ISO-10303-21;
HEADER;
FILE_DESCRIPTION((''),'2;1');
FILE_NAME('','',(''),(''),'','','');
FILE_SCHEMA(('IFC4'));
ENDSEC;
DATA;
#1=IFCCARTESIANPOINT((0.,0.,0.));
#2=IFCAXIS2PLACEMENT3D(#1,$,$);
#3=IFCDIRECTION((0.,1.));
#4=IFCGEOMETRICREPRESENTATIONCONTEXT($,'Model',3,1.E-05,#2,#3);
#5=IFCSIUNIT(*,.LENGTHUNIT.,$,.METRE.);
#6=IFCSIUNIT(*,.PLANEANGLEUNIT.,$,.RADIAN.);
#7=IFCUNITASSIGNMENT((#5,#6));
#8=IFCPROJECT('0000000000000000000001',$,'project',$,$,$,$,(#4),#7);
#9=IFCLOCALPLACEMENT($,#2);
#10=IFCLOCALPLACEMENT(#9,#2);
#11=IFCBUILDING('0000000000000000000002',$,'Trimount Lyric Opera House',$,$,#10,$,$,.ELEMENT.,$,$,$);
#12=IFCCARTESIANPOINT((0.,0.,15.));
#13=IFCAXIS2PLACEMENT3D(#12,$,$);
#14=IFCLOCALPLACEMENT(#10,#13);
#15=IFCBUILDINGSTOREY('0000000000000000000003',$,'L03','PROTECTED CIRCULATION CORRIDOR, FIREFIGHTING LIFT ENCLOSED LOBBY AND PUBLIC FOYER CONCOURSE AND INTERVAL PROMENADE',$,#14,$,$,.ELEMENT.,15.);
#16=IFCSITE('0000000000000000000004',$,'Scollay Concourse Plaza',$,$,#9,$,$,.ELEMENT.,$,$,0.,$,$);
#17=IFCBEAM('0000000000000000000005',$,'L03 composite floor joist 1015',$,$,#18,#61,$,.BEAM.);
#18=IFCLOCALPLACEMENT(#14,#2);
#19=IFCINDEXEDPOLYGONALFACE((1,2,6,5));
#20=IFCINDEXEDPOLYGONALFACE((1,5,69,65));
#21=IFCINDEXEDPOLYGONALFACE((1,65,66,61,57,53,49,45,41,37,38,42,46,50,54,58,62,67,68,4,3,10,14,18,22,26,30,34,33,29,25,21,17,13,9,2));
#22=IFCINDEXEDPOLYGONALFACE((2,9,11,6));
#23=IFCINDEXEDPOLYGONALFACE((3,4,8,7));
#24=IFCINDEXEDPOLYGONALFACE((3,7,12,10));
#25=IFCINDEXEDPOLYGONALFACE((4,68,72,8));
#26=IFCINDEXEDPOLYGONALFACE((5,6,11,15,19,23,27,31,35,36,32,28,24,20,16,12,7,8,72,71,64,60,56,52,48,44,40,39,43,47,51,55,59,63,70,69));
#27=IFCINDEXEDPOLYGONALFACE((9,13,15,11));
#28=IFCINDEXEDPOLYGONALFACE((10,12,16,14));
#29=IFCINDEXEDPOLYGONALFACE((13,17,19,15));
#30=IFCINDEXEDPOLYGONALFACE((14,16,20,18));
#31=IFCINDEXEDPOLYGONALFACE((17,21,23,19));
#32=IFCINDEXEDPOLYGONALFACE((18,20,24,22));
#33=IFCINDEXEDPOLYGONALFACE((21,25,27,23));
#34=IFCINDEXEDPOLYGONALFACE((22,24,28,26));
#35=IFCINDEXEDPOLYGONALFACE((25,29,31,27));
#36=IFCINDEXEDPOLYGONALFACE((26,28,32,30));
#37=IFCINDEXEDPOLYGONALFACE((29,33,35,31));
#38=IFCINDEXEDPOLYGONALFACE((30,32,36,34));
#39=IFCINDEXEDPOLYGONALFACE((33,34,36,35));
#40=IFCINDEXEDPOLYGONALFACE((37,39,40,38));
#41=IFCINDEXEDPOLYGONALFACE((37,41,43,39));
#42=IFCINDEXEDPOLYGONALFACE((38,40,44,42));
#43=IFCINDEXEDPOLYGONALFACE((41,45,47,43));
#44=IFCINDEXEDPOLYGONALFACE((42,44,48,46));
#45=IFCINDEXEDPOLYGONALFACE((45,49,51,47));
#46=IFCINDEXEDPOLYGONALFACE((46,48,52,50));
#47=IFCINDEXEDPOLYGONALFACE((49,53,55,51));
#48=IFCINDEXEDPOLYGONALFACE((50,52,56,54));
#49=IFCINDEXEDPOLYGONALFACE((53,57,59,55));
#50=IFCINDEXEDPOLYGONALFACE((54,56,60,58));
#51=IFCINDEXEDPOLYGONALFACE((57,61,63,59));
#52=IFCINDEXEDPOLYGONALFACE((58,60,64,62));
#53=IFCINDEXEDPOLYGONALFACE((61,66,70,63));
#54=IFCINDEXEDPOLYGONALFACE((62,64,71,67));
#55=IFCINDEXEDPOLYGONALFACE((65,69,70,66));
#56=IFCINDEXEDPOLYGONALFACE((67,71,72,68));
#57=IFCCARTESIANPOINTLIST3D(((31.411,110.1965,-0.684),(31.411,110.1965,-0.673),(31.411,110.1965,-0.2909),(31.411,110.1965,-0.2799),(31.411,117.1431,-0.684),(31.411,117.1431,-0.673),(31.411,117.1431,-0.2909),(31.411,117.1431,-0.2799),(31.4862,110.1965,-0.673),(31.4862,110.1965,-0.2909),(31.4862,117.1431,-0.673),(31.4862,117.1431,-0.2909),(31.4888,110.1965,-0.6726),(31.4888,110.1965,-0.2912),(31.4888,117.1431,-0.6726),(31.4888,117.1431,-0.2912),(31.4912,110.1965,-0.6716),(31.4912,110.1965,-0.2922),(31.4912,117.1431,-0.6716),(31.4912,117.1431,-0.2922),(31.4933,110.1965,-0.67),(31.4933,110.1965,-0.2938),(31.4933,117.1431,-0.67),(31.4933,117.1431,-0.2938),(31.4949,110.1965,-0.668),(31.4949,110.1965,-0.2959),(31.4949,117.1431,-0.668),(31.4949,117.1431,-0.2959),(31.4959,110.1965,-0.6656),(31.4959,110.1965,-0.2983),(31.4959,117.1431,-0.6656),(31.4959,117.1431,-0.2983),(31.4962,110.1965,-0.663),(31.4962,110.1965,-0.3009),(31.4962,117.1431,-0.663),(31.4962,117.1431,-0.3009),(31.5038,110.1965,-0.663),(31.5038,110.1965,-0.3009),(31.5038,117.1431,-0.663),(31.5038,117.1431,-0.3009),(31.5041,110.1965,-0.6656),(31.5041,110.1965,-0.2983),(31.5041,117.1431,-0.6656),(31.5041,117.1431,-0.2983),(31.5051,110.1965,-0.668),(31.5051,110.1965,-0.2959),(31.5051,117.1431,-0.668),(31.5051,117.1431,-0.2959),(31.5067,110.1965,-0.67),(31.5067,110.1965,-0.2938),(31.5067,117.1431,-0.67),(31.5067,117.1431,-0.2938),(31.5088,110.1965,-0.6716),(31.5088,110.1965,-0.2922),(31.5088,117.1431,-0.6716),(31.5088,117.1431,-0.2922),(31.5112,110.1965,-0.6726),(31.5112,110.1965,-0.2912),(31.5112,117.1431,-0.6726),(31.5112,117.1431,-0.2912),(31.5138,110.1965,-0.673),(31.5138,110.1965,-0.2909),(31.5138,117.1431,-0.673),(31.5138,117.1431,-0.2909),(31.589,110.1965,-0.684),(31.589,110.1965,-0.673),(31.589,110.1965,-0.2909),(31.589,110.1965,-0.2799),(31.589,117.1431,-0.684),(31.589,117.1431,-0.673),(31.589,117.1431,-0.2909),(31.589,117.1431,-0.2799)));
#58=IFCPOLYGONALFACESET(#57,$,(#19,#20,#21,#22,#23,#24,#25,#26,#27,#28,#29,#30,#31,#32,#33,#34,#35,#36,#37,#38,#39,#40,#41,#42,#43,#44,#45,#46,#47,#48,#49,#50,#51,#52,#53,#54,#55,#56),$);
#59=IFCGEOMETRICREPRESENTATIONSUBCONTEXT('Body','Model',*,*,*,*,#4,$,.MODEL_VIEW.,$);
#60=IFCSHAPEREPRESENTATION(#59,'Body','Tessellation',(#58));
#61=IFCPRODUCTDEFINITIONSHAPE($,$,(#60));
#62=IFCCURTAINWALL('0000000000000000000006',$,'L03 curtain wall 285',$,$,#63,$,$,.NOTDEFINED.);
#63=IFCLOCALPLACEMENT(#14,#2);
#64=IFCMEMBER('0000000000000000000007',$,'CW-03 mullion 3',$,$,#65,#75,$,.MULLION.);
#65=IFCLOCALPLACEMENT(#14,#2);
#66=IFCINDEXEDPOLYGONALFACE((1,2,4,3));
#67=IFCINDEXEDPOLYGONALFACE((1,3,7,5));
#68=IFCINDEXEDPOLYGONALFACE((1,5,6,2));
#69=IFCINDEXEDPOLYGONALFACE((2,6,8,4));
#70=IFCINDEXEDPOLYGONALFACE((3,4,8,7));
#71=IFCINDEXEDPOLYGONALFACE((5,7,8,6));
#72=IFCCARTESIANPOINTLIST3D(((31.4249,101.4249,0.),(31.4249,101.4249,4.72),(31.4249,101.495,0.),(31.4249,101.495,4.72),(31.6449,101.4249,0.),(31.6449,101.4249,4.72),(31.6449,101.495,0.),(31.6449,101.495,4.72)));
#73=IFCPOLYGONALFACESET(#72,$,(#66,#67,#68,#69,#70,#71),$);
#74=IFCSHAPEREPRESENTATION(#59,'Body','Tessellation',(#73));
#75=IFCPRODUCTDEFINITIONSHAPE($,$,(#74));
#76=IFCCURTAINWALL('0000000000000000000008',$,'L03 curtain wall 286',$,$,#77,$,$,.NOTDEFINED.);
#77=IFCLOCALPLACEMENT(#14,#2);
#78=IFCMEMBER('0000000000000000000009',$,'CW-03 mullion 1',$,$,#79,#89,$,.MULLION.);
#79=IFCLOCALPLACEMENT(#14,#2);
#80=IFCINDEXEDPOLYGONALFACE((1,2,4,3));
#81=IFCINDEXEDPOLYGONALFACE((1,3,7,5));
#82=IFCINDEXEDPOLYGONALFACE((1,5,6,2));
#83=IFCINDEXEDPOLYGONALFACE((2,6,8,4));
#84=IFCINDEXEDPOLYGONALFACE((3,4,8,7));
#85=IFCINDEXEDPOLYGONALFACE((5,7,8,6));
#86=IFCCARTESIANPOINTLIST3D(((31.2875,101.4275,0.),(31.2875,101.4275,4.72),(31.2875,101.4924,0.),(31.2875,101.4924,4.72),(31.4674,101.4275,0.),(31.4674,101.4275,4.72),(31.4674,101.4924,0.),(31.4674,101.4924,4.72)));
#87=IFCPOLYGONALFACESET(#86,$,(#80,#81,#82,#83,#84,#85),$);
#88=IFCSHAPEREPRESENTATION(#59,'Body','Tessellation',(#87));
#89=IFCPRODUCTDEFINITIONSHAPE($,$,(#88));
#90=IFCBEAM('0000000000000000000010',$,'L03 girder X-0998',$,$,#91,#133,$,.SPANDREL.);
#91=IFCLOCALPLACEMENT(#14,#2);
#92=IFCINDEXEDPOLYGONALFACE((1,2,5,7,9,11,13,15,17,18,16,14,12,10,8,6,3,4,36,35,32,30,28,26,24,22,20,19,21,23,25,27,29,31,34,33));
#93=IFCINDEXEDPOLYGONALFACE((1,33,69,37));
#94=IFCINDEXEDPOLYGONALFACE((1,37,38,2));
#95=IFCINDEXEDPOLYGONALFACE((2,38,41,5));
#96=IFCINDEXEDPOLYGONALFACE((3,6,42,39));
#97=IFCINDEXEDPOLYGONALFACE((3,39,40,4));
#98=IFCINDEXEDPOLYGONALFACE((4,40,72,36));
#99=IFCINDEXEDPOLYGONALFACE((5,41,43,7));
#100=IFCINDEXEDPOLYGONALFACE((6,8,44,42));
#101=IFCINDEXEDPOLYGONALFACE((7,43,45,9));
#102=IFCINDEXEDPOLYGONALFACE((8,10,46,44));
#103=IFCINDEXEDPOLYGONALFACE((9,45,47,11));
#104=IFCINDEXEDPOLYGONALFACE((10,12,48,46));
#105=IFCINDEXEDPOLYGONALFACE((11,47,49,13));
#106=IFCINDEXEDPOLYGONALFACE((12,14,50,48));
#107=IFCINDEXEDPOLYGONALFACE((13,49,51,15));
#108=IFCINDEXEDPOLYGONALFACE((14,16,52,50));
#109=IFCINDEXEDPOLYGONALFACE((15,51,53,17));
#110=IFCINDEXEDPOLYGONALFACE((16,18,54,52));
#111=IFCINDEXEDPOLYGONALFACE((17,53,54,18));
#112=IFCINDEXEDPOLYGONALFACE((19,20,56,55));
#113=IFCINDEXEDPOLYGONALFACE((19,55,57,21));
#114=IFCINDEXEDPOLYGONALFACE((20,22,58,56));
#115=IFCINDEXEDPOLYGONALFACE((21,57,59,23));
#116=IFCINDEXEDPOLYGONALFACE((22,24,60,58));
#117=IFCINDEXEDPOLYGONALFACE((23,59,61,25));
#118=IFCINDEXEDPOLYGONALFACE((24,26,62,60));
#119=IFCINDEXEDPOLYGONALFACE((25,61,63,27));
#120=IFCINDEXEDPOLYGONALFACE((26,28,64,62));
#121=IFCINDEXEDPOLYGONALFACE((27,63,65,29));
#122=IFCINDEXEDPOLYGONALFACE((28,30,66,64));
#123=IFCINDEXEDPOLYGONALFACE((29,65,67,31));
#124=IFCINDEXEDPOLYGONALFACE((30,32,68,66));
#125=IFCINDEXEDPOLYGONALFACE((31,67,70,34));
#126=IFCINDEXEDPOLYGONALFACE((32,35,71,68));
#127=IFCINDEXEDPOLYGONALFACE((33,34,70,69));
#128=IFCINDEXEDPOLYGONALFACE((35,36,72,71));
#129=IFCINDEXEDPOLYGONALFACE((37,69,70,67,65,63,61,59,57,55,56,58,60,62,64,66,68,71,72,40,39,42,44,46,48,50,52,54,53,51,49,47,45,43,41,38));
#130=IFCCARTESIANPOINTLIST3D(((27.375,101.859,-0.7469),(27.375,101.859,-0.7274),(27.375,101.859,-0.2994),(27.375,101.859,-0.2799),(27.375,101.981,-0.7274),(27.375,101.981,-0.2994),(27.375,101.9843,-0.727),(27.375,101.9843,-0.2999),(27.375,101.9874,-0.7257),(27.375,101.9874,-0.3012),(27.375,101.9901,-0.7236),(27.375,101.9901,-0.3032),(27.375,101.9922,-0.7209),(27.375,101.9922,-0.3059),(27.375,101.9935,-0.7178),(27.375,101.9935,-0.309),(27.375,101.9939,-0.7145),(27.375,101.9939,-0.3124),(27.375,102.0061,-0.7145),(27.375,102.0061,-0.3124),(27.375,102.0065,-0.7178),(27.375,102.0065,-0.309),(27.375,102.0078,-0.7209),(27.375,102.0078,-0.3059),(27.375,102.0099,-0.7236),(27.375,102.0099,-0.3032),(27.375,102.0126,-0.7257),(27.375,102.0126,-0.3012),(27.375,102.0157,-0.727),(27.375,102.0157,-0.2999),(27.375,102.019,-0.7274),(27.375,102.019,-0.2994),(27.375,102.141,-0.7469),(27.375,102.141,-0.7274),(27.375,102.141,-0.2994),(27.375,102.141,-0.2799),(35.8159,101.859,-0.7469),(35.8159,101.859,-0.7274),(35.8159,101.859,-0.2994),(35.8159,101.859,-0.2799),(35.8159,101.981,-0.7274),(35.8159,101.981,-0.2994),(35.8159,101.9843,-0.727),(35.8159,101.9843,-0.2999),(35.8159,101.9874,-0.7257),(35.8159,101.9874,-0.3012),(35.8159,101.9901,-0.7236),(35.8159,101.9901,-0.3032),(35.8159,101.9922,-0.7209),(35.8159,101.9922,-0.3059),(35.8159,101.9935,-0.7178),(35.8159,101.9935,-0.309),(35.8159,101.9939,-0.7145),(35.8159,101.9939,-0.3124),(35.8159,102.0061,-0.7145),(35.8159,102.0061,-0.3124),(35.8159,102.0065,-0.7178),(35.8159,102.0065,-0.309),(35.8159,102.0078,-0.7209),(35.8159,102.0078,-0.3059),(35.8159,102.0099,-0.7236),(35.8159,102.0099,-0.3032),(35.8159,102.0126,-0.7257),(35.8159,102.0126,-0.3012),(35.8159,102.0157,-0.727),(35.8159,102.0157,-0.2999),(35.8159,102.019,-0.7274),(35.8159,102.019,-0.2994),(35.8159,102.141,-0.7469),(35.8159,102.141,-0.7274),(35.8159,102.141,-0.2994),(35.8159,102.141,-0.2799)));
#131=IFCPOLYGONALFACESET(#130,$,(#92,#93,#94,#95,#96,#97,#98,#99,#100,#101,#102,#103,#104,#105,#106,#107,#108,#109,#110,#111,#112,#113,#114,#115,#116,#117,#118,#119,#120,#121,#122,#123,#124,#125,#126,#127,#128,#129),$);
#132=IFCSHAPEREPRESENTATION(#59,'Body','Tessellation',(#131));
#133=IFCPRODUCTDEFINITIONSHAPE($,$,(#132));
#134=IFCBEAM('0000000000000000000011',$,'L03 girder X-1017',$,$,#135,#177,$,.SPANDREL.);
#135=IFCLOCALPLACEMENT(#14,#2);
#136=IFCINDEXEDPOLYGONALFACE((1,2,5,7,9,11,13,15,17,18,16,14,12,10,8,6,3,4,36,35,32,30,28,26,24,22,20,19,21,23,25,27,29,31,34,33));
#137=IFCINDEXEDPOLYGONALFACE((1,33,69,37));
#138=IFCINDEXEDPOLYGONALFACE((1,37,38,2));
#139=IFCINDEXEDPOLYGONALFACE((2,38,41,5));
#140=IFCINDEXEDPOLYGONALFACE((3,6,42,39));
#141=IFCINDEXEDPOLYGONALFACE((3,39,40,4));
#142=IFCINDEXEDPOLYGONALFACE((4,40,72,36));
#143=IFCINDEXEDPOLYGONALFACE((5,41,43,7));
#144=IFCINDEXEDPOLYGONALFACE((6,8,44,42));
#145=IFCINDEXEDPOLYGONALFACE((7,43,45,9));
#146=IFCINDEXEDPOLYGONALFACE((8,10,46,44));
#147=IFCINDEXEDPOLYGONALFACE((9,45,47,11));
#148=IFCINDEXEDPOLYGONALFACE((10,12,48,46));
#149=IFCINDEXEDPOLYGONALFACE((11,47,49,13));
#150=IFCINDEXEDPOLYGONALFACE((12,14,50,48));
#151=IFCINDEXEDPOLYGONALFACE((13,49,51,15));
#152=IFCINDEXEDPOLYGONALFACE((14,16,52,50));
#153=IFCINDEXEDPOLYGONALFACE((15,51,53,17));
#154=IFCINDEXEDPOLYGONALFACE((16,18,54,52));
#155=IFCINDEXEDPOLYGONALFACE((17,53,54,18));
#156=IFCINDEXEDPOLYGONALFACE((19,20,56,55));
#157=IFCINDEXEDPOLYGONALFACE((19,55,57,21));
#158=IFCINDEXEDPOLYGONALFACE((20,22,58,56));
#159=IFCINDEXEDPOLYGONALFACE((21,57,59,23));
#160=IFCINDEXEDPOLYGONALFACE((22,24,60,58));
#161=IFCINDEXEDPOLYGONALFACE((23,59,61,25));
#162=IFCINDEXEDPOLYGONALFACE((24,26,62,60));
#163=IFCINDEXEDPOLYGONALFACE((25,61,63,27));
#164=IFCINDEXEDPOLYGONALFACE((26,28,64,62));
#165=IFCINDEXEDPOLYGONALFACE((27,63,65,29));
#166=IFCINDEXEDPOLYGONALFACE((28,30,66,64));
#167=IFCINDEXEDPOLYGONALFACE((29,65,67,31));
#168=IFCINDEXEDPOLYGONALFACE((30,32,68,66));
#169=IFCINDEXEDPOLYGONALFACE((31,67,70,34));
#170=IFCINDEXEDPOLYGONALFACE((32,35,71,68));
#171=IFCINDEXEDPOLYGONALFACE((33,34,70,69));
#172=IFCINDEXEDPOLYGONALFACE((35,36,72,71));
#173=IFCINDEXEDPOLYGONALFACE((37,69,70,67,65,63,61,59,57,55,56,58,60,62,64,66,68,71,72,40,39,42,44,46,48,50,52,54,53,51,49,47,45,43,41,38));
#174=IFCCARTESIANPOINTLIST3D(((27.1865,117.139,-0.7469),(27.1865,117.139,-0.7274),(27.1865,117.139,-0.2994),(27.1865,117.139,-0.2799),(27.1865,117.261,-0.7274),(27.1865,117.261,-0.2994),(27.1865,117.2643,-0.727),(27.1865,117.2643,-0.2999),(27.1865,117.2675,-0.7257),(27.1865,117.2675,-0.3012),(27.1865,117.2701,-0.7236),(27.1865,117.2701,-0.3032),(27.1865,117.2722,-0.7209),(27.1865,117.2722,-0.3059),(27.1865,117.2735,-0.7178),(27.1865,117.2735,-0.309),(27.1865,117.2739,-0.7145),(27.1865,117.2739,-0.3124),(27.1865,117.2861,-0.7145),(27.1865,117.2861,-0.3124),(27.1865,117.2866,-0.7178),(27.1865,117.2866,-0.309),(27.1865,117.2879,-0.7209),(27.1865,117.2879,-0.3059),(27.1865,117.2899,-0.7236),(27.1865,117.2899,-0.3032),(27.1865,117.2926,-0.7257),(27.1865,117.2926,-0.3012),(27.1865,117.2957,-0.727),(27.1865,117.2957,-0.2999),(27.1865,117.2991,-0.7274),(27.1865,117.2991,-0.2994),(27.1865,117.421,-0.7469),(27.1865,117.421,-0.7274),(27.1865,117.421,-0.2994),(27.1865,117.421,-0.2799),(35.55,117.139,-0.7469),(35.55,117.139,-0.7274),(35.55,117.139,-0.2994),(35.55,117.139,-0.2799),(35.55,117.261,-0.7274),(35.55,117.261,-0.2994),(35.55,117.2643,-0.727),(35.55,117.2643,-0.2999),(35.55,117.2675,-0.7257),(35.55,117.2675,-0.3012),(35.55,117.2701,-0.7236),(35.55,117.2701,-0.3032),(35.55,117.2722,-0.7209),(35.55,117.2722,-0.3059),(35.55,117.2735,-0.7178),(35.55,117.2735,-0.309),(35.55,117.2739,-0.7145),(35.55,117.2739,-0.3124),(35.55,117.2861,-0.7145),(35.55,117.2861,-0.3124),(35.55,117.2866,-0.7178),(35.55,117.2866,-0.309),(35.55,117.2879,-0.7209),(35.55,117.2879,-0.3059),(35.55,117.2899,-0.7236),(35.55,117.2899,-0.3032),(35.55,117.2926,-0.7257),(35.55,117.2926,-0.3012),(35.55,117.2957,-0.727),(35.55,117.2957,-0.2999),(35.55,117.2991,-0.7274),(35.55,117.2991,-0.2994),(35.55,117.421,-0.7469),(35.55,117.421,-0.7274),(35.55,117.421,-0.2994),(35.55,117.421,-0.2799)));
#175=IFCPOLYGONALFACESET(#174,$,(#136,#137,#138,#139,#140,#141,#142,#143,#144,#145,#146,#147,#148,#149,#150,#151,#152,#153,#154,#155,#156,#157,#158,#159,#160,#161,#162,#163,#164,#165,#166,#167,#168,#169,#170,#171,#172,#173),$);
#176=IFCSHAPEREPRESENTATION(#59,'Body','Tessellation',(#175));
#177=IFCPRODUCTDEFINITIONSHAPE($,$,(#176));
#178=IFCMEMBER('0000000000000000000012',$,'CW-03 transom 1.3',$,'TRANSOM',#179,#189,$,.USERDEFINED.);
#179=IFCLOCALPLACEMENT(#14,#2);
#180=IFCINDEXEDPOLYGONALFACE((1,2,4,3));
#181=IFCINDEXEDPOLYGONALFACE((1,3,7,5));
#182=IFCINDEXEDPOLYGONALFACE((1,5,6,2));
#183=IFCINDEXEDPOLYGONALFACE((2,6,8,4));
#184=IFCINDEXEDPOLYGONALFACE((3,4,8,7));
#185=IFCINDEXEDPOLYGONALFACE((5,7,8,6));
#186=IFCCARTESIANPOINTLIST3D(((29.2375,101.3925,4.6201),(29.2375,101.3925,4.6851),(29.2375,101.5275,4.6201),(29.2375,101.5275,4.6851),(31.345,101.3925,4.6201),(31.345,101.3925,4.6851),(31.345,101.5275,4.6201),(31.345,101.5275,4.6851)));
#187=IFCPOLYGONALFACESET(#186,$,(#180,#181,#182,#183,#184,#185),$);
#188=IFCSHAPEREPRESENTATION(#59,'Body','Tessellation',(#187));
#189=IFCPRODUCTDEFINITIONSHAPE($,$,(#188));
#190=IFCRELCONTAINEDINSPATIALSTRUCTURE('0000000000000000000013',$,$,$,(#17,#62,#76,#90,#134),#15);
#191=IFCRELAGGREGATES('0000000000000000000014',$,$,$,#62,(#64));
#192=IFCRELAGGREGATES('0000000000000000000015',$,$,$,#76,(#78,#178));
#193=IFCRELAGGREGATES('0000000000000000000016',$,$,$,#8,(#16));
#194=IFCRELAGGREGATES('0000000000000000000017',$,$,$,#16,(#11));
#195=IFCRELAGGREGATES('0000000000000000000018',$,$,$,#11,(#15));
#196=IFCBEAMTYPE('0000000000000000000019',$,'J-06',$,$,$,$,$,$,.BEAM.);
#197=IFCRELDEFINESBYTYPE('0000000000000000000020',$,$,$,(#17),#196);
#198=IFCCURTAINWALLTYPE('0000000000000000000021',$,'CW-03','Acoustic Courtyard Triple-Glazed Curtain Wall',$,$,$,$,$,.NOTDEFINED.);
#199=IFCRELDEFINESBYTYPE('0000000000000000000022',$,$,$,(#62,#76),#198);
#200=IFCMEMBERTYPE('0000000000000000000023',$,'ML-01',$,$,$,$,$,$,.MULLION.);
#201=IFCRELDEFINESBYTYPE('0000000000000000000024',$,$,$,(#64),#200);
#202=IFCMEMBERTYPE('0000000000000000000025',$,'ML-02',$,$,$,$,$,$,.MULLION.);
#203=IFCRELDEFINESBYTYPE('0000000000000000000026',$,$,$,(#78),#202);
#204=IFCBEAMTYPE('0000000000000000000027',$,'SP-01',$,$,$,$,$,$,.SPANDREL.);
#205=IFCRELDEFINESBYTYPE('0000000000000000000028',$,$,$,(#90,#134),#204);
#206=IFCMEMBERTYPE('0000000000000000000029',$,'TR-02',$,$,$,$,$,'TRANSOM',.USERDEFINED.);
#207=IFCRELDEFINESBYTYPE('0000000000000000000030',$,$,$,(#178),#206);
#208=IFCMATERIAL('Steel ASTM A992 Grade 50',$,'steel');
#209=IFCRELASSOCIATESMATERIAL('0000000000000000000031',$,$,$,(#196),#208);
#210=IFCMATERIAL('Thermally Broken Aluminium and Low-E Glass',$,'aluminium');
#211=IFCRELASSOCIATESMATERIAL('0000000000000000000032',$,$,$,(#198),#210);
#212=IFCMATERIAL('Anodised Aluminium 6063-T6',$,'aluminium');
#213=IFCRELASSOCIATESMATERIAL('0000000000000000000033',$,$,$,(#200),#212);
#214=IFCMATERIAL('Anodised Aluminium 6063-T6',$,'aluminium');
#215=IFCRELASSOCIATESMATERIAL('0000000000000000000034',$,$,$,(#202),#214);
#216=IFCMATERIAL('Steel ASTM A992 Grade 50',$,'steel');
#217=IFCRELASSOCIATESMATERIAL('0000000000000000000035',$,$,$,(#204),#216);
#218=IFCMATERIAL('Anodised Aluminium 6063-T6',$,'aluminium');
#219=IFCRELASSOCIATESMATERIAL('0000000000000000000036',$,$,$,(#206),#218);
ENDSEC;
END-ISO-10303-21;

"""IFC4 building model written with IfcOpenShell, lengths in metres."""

from ifc_helpers import new_model, si_unit, direction, frame, origin, origin_2d, place, context, subcontext, project, spatial, rectangle, i_section, extrude, material, material_profile, profile_set, type_object, element, aggregate, save


model = new_model("IFC4")

# Units and contexts
model_context = context("Model", 3, precision=1e-05, world=origin(), true_north=direction((0.0, 1.0)))
body_context = subcontext(model_context, "Body", "Model", "MODEL_VIEW")
ifc_project = project(units=[si_unit("LENGTHUNIT", "METRE"), si_unit("PLANEANGLEUNIT", "RADIAN")], contexts=[model_context])

# Site, building, storey
site_placement = place(None, origin())
site = spatial("IfcSite", under=ifc_project, at=site_placement, Name="Scollay Concourse Plaza", CompositionType="ELEMENT", RefElevation=0.0)
building_placement = place(site_placement, origin())
building = spatial("IfcBuilding", under=site, at=building_placement, Name="Trimount Lyric Opera House", CompositionType="ELEMENT")
storey_placement = place(building_placement, frame((0.0, 0.0, 15.0)))
storey = spatial("IfcBuildingStorey", under=building, at=storey_placement, Name="L03", Description="PROTECTED CIRCULATION CORRIDOR, FIREFIGHTING LIFT ENCLOSED LOBBY AND PUBLIC FOYER CONCOURSE AND INTERVAL PROMENADE", CompositionType="ELEMENT", Elevation=15.0)

# Beam
ifc_material_1 = material(Name="Steel ASTM A992 Grade 50", Category="steel")
ifc_material_profile_1 = material_profile(ifc_material_1, i_section(OverallWidth=0.178, OverallDepth=0.4041, WebThickness=0.0076, FlangeThickness=0.011, FilletRadius=0.01, at=origin_2d()), Name="W16X36")
ifc_profile_set_1 = profile_set([ifc_material_profile_1], Name="Steel ASTM A992 Grade 50")
beam_type_1 = type_object("IfcBeamType", Name="J-06", PredefinedType="BEAM", material=ifc_profile_set_1)
beam_1_placement = place(storey_placement, frame((31.5, 110.1965, -0.4819), z_axis=(0.0, 1.0, 0.0), x_axis=(-1.0, 0.0, 0.0)))
element("IfcBeam", 1, at=beam_1_placement, inside=storey, type_object=beam_type_1, Name="L03 composite floor joist 1015", PredefinedType="BEAM", context=body_context, shape_type="SweptSolid", body=[
    extrude(i_section(OverallWidth=0.178, OverallDepth=0.4041, WebThickness=0.0076, FlangeThickness=0.011, FilletRadius=0.01, at=origin_2d()), origin(), (0.0, 0.0, 1.0), 6.9465),
])

# Curtain walls, members
ifc_material_2 = material(Name="Thermally Broken Aluminium and Low-E Glass", Category="aluminium")
curtain_wall_type = type_object("IfcCurtainWallType", Name="CW-03", Description="Acoustic Courtyard Triple-Glazed Curtain Wall", PredefinedType="NOTDEFINED", material=ifc_material_2)
curtain_wall_1_placement = place(storey_placement, origin())
curtain_wall_1 = element("IfcCurtainWall", 2, at=curtain_wall_1_placement, inside=storey, type_object=curtain_wall_type, Name="L03 curtain wall 285", PredefinedType="NOTDEFINED")
ifc_material_3 = material(Name="Anodised Aluminium 6063-T6", Category="aluminium")
ifc_material_profile_2 = material_profile(ifc_material_3, rectangle(XDim=0.0701, YDim=0.22, at=origin_2d()), Name="ALU-MULL-70X220")
ifc_profile_set_2 = profile_set([ifc_material_profile_2], Name="Anodised Aluminium 6063-T6")
member_type_1 = type_object("IfcMemberType", Name="ML-01", PredefinedType="MULLION", material=ifc_profile_set_2)
member_1_placement = place(storey_placement, frame((31.5349, 101.46, 0.0), z_axis=(0.0, 0.0, 1.0), x_axis=(0.0, -1.0, 0.0)))
member_1 = element("IfcMember", 3, at=member_1_placement, type_object=member_type_1, Name="CW-03 mullion 3", PredefinedType="MULLION", context=body_context, shape_type="SweptSolid", body=[
    extrude(rectangle(XDim=0.0701, YDim=0.22, at=origin_2d()), origin(), (0.0, 0.0, 1.0), 4.72),
])
aggregate(curtain_wall_1, [member_1])
curtain_wall_2_placement = place(storey_placement, origin())
curtain_wall_2 = element("IfcCurtainWall", 4, at=curtain_wall_2_placement, inside=storey, type_object=curtain_wall_type, Name="L03 curtain wall 286", PredefinedType="NOTDEFINED")
ifc_material_4 = material(Name="Anodised Aluminium 6063-T6", Category="aluminium")
ifc_material_profile_3 = material_profile(ifc_material_4, rectangle(XDim=0.0649, YDim=0.1799, at=origin_2d()), Name="ALU-MULL-65X180")
ifc_profile_set_3 = profile_set([ifc_material_profile_3], Name="Anodised Aluminium 6063-T6")
member_type_2 = type_object("IfcMemberType", Name="ML-02", PredefinedType="MULLION", material=ifc_profile_set_3)
member_2_placement = place(storey_placement, frame((31.3774, 101.46, 0.0), z_axis=(0.0, 0.0, 1.0), x_axis=(0.0, -1.0, 0.0)))
member_2 = element("IfcMember", 5, at=member_2_placement, type_object=member_type_2, Name="CW-03 mullion 1", PredefinedType="MULLION", context=body_context, shape_type="SweptSolid", body=[
    extrude(rectangle(XDim=0.0649, YDim=0.1799, at=origin_2d()), origin(), (0.0, 0.0, 1.0), 4.72),
])

# Beams
ifc_material_5 = material(Name="Steel ASTM A992 Grade 50", Category="steel")
ifc_material_profile_4 = material_profile(ifc_material_5, i_section(OverallWidth=0.282, OverallDepth=0.467, WebThickness=0.0122, FlangeThickness=0.0195, FilletRadius=0.0129, at=origin_2d()), Name="W18X86")
ifc_profile_set_4 = profile_set([ifc_material_profile_4], Name="Steel ASTM A992 Grade 50")
beam_type_2 = type_object("IfcBeamType", Name="SP-01", PredefinedType="SPANDREL", material=ifc_profile_set_4)
beam_2_placement = place(storey_placement, frame((27.375, 102.0, -0.5134), z_axis=(1.0, 0.0, 0.0), x_axis=(0.0, 1.0, 0.0)))
element("IfcBeam", 6, at=beam_2_placement, inside=storey, type_object=beam_type_2, Name="L03 girder X-0998", PredefinedType="SPANDREL", context=body_context, shape_type="SweptSolid", body=[
    extrude(i_section(OverallWidth=0.282, OverallDepth=0.467, WebThickness=0.0122, FlangeThickness=0.0195, FilletRadius=0.0129, at=origin_2d()), origin(), (0.0, 0.0, 1.0), 8.4409),
])
beam_3_placement = place(storey_placement, frame((27.1865, 117.28, -0.5134), z_axis=(1.0, 0.0, 0.0), x_axis=(0.0, 1.0, 0.0)))
element("IfcBeam", 7, at=beam_3_placement, inside=storey, type_object=beam_type_2, Name="L03 girder X-1017", PredefinedType="SPANDREL", context=body_context, shape_type="SweptSolid", body=[
    extrude(i_section(OverallWidth=0.282, OverallDepth=0.467, WebThickness=0.0122, FlangeThickness=0.0195, FilletRadius=0.0129, at=origin_2d()), origin(), (0.0, 0.0, 1.0), 8.3635),
])

# Member
ifc_material_6 = material(Name="Anodised Aluminium 6063-T6", Category="aluminium")
ifc_material_profile_5 = material_profile(ifc_material_6, rectangle(XDim=0.135, YDim=0.0649, at=origin_2d()), Name="ALU-TRAN-65X135")
ifc_profile_set_5 = profile_set([ifc_material_profile_5], Name="Anodised Aluminium 6063-T6")
member_type_3 = type_object("IfcMemberType", Name="TR-02", ElementType="TRANSOM", PredefinedType="USERDEFINED", material=ifc_profile_set_5)
member_3_placement = place(storey_placement, frame((31.345, 101.46, 4.6526), z_axis=(-1.0, 0.0, 0.0), x_axis=(0.0, -1.0, 0.0)))
member_3 = element("IfcMember", 8, at=member_3_placement, type_object=member_type_3, Name="CW-03 transom 1.3", ObjectType="TRANSOM", PredefinedType="USERDEFINED", context=body_context, shape_type="SweptSolid", body=[
    extrude(rectangle(XDim=0.135, YDim=0.0649, at=origin_2d()), origin(), (0.0, 0.0, 1.0), 2.1074),
])
aggregate(curtain_wall_2, [member_2, member_3])

save(model, "model.ifc")
